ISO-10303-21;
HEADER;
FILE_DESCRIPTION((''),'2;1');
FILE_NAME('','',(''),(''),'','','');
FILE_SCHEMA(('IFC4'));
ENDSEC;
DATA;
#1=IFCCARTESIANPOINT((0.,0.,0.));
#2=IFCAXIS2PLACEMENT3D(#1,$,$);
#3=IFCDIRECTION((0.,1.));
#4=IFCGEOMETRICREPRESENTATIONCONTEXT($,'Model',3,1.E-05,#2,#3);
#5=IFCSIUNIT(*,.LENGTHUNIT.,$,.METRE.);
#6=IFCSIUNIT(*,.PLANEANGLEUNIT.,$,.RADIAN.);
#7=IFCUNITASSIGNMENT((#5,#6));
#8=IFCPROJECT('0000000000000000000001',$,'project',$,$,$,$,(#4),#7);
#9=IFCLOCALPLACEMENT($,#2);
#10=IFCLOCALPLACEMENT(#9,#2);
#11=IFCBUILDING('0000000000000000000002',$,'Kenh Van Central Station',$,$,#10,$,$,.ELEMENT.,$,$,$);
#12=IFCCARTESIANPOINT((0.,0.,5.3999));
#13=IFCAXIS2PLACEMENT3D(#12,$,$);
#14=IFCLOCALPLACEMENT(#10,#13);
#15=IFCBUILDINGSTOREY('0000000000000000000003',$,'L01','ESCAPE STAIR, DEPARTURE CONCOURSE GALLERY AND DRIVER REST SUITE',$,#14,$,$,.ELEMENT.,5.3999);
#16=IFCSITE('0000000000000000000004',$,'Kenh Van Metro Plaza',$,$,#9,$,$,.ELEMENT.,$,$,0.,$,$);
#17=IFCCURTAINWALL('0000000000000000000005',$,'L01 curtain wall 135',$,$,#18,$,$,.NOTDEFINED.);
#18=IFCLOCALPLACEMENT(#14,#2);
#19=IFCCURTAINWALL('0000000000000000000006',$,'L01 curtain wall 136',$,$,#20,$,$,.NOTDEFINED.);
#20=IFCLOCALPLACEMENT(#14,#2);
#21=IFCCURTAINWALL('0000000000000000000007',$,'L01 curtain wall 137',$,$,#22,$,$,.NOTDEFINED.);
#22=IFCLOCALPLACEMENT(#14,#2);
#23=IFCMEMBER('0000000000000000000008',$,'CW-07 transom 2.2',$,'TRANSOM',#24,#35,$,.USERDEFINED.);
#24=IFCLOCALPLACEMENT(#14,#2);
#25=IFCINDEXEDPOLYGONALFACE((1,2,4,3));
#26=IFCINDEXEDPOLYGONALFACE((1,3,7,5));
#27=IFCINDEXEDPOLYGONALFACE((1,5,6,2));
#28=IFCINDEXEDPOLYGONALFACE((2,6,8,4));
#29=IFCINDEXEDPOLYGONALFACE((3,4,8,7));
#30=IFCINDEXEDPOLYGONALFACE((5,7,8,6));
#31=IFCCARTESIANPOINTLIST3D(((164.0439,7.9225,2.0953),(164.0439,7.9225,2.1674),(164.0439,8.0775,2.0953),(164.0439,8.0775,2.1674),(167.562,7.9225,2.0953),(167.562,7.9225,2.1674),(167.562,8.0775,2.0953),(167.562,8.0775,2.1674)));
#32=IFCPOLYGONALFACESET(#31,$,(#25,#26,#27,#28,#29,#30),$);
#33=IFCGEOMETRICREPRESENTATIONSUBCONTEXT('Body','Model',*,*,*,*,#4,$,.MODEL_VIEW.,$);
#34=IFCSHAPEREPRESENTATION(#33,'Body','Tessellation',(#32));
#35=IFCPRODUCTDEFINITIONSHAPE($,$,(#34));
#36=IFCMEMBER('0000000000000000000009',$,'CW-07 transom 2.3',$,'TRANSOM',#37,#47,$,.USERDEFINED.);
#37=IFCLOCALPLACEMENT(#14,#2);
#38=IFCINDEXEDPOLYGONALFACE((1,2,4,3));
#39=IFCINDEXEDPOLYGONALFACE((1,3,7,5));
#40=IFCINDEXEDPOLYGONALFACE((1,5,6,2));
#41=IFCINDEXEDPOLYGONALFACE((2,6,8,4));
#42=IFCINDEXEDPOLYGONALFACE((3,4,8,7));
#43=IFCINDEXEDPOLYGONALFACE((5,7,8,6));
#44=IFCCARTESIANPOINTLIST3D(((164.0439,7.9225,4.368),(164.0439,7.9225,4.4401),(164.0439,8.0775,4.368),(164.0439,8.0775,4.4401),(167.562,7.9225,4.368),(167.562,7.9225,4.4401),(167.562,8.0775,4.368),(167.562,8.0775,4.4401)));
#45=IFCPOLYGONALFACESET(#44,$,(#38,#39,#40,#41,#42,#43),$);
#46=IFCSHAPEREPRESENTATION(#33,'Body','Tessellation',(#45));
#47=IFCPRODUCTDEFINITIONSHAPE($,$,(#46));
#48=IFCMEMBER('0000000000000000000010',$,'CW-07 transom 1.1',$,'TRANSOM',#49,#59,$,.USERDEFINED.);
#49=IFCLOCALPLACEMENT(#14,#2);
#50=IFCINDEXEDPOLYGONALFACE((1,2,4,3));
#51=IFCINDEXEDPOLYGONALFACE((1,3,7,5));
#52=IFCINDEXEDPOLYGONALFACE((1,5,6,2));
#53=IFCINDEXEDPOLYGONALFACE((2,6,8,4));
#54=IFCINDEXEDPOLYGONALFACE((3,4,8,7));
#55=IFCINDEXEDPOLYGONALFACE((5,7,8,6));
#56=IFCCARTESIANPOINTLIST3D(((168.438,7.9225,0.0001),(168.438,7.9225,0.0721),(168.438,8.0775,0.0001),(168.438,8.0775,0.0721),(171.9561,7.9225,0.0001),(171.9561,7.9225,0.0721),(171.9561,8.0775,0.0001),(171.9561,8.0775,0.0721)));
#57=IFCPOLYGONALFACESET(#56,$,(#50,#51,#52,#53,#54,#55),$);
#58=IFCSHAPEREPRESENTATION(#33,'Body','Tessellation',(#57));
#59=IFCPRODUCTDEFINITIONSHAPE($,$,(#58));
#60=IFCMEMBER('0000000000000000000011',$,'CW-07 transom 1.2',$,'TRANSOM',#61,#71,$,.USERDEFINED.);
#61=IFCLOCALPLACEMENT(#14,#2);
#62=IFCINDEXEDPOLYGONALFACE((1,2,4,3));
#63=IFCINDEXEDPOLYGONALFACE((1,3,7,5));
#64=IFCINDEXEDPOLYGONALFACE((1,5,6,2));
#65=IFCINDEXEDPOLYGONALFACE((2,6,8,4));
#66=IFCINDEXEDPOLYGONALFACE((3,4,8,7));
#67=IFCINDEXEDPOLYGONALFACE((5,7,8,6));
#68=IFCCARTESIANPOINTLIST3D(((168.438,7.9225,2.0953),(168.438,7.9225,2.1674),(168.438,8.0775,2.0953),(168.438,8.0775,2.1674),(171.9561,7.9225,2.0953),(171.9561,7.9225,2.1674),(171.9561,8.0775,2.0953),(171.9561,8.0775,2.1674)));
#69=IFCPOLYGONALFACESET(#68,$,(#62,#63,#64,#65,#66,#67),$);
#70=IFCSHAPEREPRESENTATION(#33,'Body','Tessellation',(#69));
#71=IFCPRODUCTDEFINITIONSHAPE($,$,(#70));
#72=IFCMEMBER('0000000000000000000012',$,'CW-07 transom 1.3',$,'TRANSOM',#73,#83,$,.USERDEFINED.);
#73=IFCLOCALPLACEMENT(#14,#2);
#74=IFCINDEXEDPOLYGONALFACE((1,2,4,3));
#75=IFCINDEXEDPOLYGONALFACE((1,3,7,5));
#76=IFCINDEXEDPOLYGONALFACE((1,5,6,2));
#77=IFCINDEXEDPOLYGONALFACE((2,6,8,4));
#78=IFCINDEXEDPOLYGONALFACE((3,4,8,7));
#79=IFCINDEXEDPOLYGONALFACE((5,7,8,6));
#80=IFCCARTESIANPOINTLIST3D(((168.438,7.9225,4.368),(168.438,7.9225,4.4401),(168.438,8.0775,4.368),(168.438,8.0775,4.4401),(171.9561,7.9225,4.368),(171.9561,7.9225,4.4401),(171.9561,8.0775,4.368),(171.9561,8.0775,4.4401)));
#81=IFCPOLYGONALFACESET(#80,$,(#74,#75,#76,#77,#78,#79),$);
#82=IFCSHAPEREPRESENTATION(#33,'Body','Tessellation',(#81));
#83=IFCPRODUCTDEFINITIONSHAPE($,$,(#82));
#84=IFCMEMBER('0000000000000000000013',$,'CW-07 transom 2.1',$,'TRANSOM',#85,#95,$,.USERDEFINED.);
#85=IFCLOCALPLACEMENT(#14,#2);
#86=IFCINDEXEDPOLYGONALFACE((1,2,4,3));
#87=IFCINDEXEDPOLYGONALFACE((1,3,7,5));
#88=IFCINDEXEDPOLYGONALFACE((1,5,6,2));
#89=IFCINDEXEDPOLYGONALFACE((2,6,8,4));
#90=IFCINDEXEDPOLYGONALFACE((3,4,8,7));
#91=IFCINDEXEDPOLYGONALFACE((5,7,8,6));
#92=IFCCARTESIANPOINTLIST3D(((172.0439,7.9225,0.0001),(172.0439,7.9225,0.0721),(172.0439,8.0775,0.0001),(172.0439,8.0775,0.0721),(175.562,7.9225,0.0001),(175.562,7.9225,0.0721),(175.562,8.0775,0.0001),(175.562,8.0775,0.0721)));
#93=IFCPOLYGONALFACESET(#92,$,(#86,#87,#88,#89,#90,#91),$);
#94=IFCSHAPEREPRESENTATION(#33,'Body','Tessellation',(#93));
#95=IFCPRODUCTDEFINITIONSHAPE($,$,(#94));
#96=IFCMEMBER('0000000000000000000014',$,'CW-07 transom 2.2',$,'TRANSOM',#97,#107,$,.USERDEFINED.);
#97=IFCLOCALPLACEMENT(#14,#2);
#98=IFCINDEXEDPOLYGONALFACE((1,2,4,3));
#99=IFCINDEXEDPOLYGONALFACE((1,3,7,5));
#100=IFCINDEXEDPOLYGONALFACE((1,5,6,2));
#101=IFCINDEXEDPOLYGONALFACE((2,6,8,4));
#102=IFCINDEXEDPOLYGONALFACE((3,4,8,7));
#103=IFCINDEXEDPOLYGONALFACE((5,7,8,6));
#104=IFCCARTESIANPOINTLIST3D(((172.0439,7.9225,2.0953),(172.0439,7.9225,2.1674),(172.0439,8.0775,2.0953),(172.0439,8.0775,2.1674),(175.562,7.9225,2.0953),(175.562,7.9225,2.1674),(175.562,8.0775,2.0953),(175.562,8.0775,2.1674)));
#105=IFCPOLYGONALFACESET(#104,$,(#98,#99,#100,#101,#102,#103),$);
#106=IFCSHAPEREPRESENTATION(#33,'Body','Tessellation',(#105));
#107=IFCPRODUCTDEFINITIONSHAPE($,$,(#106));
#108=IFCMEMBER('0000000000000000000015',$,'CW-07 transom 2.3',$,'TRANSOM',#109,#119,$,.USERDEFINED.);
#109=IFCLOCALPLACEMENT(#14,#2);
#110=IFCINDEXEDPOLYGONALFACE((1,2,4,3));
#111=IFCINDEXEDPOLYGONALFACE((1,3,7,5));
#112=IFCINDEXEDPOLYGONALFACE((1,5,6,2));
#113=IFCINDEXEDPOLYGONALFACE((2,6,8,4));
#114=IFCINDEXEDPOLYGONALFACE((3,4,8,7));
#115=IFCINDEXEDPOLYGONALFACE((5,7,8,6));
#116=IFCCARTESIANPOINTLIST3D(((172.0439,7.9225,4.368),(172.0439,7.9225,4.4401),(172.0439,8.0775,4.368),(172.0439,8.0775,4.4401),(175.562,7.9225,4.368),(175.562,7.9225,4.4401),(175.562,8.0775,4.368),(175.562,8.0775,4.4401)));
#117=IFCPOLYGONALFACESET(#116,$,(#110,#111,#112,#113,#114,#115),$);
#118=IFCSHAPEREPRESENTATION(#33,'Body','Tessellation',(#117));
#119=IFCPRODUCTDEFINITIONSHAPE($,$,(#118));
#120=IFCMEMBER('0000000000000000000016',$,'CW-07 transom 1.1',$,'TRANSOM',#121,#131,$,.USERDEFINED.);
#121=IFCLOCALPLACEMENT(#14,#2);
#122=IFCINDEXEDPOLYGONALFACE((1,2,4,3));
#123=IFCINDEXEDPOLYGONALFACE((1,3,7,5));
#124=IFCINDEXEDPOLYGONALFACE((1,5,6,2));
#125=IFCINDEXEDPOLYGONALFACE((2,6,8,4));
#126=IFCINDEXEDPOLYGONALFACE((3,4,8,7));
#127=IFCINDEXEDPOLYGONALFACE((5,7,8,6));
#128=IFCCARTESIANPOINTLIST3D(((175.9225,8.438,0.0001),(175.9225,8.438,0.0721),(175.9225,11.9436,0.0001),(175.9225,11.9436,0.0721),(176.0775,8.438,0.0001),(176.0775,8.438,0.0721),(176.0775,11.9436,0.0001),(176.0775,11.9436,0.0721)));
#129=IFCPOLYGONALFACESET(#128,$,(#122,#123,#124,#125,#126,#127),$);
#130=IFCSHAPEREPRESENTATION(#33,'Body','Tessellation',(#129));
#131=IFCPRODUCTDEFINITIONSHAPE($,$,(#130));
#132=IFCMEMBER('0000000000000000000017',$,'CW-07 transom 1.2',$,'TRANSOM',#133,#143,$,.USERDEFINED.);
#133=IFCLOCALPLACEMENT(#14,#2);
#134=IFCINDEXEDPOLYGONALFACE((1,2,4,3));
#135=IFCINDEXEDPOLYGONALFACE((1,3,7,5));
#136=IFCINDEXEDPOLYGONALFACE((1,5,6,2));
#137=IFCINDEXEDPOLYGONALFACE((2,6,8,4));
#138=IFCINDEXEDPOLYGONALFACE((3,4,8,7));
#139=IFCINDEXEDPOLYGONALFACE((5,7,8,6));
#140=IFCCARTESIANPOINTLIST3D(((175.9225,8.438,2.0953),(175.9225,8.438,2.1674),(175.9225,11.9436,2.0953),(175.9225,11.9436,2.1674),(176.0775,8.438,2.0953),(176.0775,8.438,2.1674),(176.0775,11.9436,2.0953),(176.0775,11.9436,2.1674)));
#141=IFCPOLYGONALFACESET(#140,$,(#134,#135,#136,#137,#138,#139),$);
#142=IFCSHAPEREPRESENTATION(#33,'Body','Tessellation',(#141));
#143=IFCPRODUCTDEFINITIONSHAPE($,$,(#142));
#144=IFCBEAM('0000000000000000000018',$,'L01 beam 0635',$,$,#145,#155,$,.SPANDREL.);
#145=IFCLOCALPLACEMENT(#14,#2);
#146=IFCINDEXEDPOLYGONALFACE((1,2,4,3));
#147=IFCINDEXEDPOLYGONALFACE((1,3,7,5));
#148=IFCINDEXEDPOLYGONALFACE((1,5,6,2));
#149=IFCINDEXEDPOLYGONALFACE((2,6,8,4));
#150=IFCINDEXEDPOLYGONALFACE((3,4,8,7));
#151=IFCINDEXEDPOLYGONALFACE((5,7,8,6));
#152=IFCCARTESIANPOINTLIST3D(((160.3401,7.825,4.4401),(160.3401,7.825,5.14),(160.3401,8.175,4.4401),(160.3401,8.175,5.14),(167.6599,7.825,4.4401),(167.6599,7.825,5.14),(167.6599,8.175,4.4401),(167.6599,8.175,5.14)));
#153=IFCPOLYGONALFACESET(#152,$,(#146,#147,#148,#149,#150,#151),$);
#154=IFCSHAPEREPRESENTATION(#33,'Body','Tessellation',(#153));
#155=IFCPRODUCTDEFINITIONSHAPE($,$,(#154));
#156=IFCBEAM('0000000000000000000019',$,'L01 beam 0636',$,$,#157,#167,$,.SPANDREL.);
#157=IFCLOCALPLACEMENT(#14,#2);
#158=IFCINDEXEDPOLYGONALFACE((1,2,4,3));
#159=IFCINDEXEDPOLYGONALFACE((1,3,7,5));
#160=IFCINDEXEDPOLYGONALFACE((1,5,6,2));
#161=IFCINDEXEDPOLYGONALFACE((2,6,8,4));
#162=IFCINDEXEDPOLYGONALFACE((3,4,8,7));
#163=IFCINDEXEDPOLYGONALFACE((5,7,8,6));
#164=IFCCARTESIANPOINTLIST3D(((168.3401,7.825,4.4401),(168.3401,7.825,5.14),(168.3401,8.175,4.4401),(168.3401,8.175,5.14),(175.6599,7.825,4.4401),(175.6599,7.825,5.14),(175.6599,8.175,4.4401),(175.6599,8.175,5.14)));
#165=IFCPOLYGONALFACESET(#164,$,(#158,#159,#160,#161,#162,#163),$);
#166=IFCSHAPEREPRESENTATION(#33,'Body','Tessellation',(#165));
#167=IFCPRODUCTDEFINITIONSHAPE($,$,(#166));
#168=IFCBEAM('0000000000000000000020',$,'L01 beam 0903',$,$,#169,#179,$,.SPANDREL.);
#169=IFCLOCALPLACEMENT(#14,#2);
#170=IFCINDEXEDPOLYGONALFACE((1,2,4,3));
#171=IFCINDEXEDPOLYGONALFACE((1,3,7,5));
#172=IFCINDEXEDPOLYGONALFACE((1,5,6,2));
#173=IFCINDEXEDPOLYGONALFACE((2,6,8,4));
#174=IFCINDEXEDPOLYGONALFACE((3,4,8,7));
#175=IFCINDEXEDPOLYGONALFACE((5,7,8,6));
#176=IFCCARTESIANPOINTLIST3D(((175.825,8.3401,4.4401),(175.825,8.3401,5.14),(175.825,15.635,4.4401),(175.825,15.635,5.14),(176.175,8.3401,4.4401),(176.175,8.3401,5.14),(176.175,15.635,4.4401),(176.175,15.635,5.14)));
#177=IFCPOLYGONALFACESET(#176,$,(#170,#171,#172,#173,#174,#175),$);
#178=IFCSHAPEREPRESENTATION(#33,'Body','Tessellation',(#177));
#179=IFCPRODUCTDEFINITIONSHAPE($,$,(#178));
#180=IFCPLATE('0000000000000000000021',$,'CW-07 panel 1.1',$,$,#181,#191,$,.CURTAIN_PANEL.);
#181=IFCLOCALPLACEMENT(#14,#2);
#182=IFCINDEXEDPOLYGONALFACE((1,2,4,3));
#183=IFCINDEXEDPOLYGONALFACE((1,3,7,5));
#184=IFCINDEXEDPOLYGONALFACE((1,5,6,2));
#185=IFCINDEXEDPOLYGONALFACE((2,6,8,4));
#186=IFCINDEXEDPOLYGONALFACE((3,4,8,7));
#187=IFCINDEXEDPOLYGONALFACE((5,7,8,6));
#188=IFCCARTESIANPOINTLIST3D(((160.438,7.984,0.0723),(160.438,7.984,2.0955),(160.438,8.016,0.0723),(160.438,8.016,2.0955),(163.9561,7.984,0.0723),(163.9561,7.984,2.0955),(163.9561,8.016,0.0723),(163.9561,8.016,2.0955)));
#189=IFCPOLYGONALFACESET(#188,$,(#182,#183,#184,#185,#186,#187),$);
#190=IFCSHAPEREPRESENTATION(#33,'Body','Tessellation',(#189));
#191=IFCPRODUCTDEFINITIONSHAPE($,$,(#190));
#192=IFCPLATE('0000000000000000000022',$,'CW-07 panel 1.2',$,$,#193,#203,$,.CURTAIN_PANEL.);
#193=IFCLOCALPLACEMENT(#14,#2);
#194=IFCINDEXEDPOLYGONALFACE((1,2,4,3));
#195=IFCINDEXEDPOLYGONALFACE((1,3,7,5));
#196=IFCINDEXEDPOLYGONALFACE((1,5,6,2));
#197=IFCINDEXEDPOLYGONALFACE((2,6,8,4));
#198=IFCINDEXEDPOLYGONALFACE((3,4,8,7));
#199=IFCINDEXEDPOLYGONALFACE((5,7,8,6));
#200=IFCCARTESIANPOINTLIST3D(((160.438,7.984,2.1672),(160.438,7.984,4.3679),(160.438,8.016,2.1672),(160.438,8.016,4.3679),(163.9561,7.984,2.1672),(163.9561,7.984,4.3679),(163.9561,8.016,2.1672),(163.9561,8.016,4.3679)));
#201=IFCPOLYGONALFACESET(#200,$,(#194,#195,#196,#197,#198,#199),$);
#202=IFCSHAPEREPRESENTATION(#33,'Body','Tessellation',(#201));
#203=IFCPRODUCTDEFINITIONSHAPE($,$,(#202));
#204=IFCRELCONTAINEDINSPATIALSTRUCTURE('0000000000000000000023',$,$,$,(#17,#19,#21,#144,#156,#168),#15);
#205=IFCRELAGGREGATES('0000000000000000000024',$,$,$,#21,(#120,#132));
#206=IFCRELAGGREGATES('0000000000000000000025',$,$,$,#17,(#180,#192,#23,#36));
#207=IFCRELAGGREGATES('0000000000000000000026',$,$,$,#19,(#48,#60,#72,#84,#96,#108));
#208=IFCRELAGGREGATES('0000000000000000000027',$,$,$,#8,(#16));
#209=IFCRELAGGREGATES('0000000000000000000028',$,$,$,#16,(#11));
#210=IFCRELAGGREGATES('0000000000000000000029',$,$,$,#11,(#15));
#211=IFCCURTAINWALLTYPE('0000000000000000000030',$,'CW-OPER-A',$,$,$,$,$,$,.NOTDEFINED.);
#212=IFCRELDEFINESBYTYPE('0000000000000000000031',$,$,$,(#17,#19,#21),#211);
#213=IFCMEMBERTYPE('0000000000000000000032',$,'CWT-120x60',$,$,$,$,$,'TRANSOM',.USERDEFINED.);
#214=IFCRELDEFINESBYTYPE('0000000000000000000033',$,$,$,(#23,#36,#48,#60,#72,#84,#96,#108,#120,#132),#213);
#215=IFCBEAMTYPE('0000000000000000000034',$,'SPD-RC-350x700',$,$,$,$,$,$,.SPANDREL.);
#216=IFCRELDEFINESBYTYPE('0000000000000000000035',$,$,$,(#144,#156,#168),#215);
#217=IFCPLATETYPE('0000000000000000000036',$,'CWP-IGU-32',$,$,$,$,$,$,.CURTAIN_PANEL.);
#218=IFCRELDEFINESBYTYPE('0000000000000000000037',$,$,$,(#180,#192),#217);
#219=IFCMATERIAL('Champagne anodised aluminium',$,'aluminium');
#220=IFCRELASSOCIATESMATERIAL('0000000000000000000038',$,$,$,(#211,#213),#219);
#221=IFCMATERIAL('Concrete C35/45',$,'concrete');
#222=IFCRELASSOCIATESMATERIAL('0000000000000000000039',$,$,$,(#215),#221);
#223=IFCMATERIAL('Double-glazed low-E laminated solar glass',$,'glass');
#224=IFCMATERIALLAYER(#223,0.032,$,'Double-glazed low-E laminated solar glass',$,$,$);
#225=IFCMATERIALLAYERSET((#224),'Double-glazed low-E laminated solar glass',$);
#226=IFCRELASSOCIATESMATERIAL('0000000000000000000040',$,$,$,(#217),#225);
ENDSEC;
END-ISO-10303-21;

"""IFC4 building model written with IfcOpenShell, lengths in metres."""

from ifc_helpers import new_model, si_unit, direction, frame, origin, origin_2d, place, context, subcontext, project, spatial, rectangle, extrude, material, layer, layer_set, material_profile, profile_set, type_object, element, aggregate, save


model = new_model("IFC4")

# Units and contexts
model_context = context("Model", 3, precision=1e-05, world=origin(), true_north=direction((0.0, 1.0)))
body_context = subcontext(model_context, "Body", "Model", "MODEL_VIEW")
ifc_project = project(units=[si_unit("LENGTHUNIT", "METRE"), si_unit("PLANEANGLEUNIT", "RADIAN")], contexts=[model_context])

# Site, building, storey
site_placement = place(None, origin())
site = spatial("IfcSite", under=ifc_project, at=site_placement, Name="Kenh Van Metro Plaza", CompositionType="ELEMENT", RefElevation=0.0)
building_placement = place(site_placement, origin())
building = spatial("IfcBuilding", under=site, at=building_placement, Name="Kenh Van Central Station", CompositionType="ELEMENT")
storey_placement = place(building_placement, frame((0.0, 0.0, 5.3999)))
storey = spatial("IfcBuildingStorey", under=building, at=storey_placement, Name="L01", Description="ESCAPE STAIR, DEPARTURE CONCOURSE GALLERY AND DRIVER REST SUITE", CompositionType="ELEMENT", Elevation=5.3999)

# Shared definitions
ifc_material_1 = material(Name="Concrete C35/45", Category="concrete")

# Curtain walls
ifc_material_2 = material(Name="Champagne anodised aluminium", Category="aluminium")
curtain_wall_type = type_object("IfcCurtainWallType", Name="CW-OPER-A", PredefinedType="NOTDEFINED", material=ifc_material_2)
curtain_wall_1_placement = place(storey_placement, origin())
curtain_wall_1 = element("IfcCurtainWall", 1, at=curtain_wall_1_placement, inside=storey, type_object=curtain_wall_type, Name="L01 curtain wall 135", PredefinedType="NOTDEFINED")
curtain_wall_2_placement = place(storey_placement, origin())
curtain_wall_2 = element("IfcCurtainWall", 2, at=curtain_wall_2_placement, inside=storey, type_object=curtain_wall_type, Name="L01 curtain wall 136", PredefinedType="NOTDEFINED")

# Curtain wall
curtain_wall_3_placement = place(storey_placement, origin())
curtain_wall_3 = element("IfcCurtainWall", 3, at=curtain_wall_3_placement, inside=storey, type_object=curtain_wall_type, Name="L01 curtain wall 137", PredefinedType="NOTDEFINED")

# Members
ifc_material_profile_1 = material_profile(ifc_material_2, rectangle(XDim=0.155, YDim=0.072, at=origin_2d()), Name="AL 155x72")
ifc_profile_set_1 = profile_set([ifc_material_profile_1], Name="Champagne anodised aluminium")
member_type_1 = type_object("IfcMemberType", Name="CWT-120x60", ElementType="TRANSOM", PredefinedType="USERDEFINED", material=ifc_profile_set_1)
member_1_placement = place(storey_placement, frame((164.0439, 8.0, 2.1313), z_axis=(1.0, 0.0, 0.0), x_axis=(0.0, 1.0, 0.0)))
member_1 = element("IfcMember", 4, at=member_1_placement, type_object=member_type_1, Name="CW-07 transom 2.2", ObjectType="TRANSOM", PredefinedType="USERDEFINED", context=body_context, shape_type="SweptSolid", body=[
    extrude(rectangle(XDim=0.155, YDim=0.072, at=origin_2d()), origin(), (0.0, 0.0, 1.0), 3.5181),
])
member_2_placement = place(storey_placement, frame((164.0439, 8.0, 4.4041), z_axis=(1.0, 0.0, 0.0), x_axis=(0.0, 1.0, 0.0)))
member_2 = element("IfcMember", 5, at=member_2_placement, type_object=member_type_1, Name="CW-07 transom 2.3", ObjectType="TRANSOM", PredefinedType="USERDEFINED", context=body_context, shape_type="SweptSolid", body=[
    extrude(rectangle(XDim=0.155, YDim=0.072, at=origin_2d()), origin(), (0.0, 0.0, 1.0), 3.5181),
])
member_3_placement = place(storey_placement, frame((168.438, 8.0, 0.0361), z_axis=(1.0, 0.0, 0.0), x_axis=(0.0, 1.0, 0.0)))
member_3 = element("IfcMember", 6, at=member_3_placement, type_object=member_type_1, Name="CW-07 transom 1.1", ObjectType="TRANSOM", PredefinedType="USERDEFINED", context=body_context, shape_type="SweptSolid", body=[
    extrude(rectangle(XDim=0.155, YDim=0.072, at=origin_2d()), origin(), (0.0, 0.0, 1.0), 3.5181),
])
member_4_placement = place(storey_placement, frame((168.438, 8.0, 2.1313), z_axis=(1.0, 0.0, 0.0), x_axis=(0.0, 1.0, 0.0)))
member_4 = element("IfcMember", 7, at=member_4_placement, type_object=member_type_1, Name="CW-07 transom 1.2", ObjectType="TRANSOM", PredefinedType="USERDEFINED", context=body_context, shape_type="SweptSolid", body=[
    extrude(rectangle(XDim=0.155, YDim=0.072, at=origin_2d()), origin(), (0.0, 0.0, 1.0), 3.5181),
])
member_5_placement = place(storey_placement, frame((168.438, 8.0, 4.4041), z_axis=(1.0, 0.0, 0.0), x_axis=(0.0, 1.0, 0.0)))
member_5 = element("IfcMember", 8, at=member_5_placement, type_object=member_type_1, Name="CW-07 transom 1.3", ObjectType="TRANSOM", PredefinedType="USERDEFINED", context=body_context, shape_type="SweptSolid", body=[
    extrude(rectangle(XDim=0.155, YDim=0.072, at=origin_2d()), origin(), (0.0, 0.0, 1.0), 3.5181),
])
member_6_placement = place(storey_placement, frame((172.0439, 8.0, 0.0361), z_axis=(1.0, 0.0, 0.0), x_axis=(0.0, 1.0, 0.0)))
member_6 = element("IfcMember", 9, at=member_6_placement, type_object=member_type_1, Name="CW-07 transom 2.1", ObjectType="TRANSOM", PredefinedType="USERDEFINED", context=body_context, shape_type="SweptSolid", body=[
    extrude(rectangle(XDim=0.155, YDim=0.072, at=origin_2d()), origin(), (0.0, 0.0, 1.0), 3.5181),
])
member_7_placement = place(storey_placement, frame((172.0439, 8.0, 2.1313), z_axis=(1.0, 0.0, 0.0), x_axis=(0.0, 1.0, 0.0)))
member_7 = element("IfcMember", 10, at=member_7_placement, type_object=member_type_1, Name="CW-07 transom 2.2", ObjectType="TRANSOM", PredefinedType="USERDEFINED", context=body_context, shape_type="SweptSolid", body=[
    extrude(rectangle(XDim=0.155, YDim=0.072, at=origin_2d()), origin(), (0.0, 0.0, 1.0), 3.5181),
])
member_8_placement = place(storey_placement, frame((172.0439, 8.0, 4.4041), z_axis=(1.0, 0.0, 0.0), x_axis=(0.0, 1.0, 0.0)))
member_8 = element("IfcMember", 11, at=member_8_placement, type_object=member_type_1, Name="CW-07 transom 2.3", ObjectType="TRANSOM", PredefinedType="USERDEFINED", context=body_context, shape_type="SweptSolid", body=[
    extrude(rectangle(XDim=0.155, YDim=0.072, at=origin_2d()), origin(), (0.0, 0.0, 1.0), 3.5181),
])
member_9_placement = place(storey_placement, frame((176.0, 8.438, 0.0361), z_axis=(0.0, 1.0, 0.0), x_axis=(-1.0, 0.0, 0.0)))
member_9 = element("IfcMember", 12, at=member_9_placement, type_object=member_type_1, Name="CW-07 transom 1.1", ObjectType="TRANSOM", PredefinedType="USERDEFINED", context=body_context, shape_type="SweptSolid", body=[
    extrude(rectangle(XDim=0.155, YDim=0.072, at=origin_2d()), origin(), (0.0, 0.0, 1.0), 3.5056),
])
member_10_placement = place(storey_placement, frame((176.0, 8.438, 2.1313), z_axis=(0.0, 1.0, 0.0), x_axis=(-1.0, 0.0, 0.0)))
member_10 = element("IfcMember", 13, at=member_10_placement, type_object=member_type_1, Name="CW-07 transom 1.2", ObjectType="TRANSOM", PredefinedType="USERDEFINED", context=body_context, shape_type="SweptSolid", body=[
    extrude(rectangle(XDim=0.155, YDim=0.072, at=origin_2d()), origin(), (0.0, 0.0, 1.0), 3.5056),
])
aggregate(curtain_wall_3, [member_9, member_10])

# Beams
ifc_material_profile_2 = material_profile(ifc_material_1, rectangle(XDim=0.3501, YDim=0.7, at=origin_2d()), Name="RC 350x700")
ifc_profile_set_2 = profile_set([ifc_material_profile_2], Name="Concrete C35/45")
beam_type_1 = type_object("IfcBeamType", Name="SPD-RC-350x700", PredefinedType="SPANDREL", material=ifc_profile_set_2)
for number, where, z_axis, x_axis, name in (
    (14, (160.3401, 8.0, 4.79), (1.0, 0.0, 0.0), (0.0, 1.0, 0.0), "L01 beam 0635"),
    (15, (168.3401, 8.0, 4.79), (1.0, 0.0, 0.0), (0.0, 1.0, 0.0), "L01 beam 0636"),
):
    element("IfcBeam", number, at=place(storey_placement, frame(where, z_axis=z_axis, x_axis=x_axis)), inside=storey, type_object=beam_type_1, Name=name, PredefinedType="SPANDREL", context=body_context, shape_type="SweptSolid", body=[
        extrude(rectangle(XDim=0.3501, YDim=0.7, at=origin_2d()), origin(), (0.0, 0.0, 1.0), 7.3198),
    ])
beam_1_placement = place(storey_placement, frame((176.0, 8.3401, 4.79), z_axis=(0.0, 1.0, 0.0), x_axis=(-1.0, 0.0, 0.0)))
element("IfcBeam", 16, at=beam_1_placement, inside=storey, type_object=beam_type_1, Name="L01 beam 0903", PredefinedType="SPANDREL", context=body_context, shape_type="SweptSolid", body=[
    extrude(rectangle(XDim=0.3501, YDim=0.7, at=origin_2d()), origin(), (0.0, 0.0, 1.0), 7.2949),
])

# Plates
ifc_material_3 = material(Name="Double-glazed low-E laminated solar glass", Category="glass")
ifc_layer = layer(ifc_material_3, 0.032, Name="Double-glazed low-E laminated solar glass")
ifc_layer_set = layer_set([ifc_layer], Name="Double-glazed low-E laminated solar glass")
plate_type = type_object("IfcPlateType", Name="CWP-IGU-32", PredefinedType="CURTAIN_PANEL", material=ifc_layer_set)
plate_1_placement = place(storey_placement, frame((162.197, 8.0, 0.0723), z_axis=(0.0, 0.0, 1.0), x_axis=(1.0, 0.0, 0.0)))
plate_1 = element("IfcPlate", 17, at=plate_1_placement, type_object=plate_type, Name="CW-07 panel 1.1", PredefinedType="CURTAIN_PANEL", context=body_context, shape_type="SweptSolid", body=[
    extrude(rectangle(XDim=3.5181, YDim=0.032, at=origin_2d()), origin(), (0.0, 0.0, 1.0), 2.0232),
])
plate_2_placement = place(storey_placement, frame((162.197, 8.0, 2.1672), z_axis=(0.0, 0.0, 1.0), x_axis=(1.0, 0.0, 0.0)))
plate_2 = element("IfcPlate", 18, at=plate_2_placement, type_object=plate_type, Name="CW-07 panel 1.2", PredefinedType="CURTAIN_PANEL", context=body_context, shape_type="SweptSolid", body=[
    extrude(rectangle(XDim=3.5181, YDim=0.032, at=origin_2d()), origin(), (0.0, 0.0, 1.0), 2.2007),
])
aggregate(curtain_wall_1, [plate_1, plate_2, member_1, member_2])
aggregate(curtain_wall_2, [member_3, member_4, member_5, member_6, member_7, member_8])

save(model, "model.ifc")
